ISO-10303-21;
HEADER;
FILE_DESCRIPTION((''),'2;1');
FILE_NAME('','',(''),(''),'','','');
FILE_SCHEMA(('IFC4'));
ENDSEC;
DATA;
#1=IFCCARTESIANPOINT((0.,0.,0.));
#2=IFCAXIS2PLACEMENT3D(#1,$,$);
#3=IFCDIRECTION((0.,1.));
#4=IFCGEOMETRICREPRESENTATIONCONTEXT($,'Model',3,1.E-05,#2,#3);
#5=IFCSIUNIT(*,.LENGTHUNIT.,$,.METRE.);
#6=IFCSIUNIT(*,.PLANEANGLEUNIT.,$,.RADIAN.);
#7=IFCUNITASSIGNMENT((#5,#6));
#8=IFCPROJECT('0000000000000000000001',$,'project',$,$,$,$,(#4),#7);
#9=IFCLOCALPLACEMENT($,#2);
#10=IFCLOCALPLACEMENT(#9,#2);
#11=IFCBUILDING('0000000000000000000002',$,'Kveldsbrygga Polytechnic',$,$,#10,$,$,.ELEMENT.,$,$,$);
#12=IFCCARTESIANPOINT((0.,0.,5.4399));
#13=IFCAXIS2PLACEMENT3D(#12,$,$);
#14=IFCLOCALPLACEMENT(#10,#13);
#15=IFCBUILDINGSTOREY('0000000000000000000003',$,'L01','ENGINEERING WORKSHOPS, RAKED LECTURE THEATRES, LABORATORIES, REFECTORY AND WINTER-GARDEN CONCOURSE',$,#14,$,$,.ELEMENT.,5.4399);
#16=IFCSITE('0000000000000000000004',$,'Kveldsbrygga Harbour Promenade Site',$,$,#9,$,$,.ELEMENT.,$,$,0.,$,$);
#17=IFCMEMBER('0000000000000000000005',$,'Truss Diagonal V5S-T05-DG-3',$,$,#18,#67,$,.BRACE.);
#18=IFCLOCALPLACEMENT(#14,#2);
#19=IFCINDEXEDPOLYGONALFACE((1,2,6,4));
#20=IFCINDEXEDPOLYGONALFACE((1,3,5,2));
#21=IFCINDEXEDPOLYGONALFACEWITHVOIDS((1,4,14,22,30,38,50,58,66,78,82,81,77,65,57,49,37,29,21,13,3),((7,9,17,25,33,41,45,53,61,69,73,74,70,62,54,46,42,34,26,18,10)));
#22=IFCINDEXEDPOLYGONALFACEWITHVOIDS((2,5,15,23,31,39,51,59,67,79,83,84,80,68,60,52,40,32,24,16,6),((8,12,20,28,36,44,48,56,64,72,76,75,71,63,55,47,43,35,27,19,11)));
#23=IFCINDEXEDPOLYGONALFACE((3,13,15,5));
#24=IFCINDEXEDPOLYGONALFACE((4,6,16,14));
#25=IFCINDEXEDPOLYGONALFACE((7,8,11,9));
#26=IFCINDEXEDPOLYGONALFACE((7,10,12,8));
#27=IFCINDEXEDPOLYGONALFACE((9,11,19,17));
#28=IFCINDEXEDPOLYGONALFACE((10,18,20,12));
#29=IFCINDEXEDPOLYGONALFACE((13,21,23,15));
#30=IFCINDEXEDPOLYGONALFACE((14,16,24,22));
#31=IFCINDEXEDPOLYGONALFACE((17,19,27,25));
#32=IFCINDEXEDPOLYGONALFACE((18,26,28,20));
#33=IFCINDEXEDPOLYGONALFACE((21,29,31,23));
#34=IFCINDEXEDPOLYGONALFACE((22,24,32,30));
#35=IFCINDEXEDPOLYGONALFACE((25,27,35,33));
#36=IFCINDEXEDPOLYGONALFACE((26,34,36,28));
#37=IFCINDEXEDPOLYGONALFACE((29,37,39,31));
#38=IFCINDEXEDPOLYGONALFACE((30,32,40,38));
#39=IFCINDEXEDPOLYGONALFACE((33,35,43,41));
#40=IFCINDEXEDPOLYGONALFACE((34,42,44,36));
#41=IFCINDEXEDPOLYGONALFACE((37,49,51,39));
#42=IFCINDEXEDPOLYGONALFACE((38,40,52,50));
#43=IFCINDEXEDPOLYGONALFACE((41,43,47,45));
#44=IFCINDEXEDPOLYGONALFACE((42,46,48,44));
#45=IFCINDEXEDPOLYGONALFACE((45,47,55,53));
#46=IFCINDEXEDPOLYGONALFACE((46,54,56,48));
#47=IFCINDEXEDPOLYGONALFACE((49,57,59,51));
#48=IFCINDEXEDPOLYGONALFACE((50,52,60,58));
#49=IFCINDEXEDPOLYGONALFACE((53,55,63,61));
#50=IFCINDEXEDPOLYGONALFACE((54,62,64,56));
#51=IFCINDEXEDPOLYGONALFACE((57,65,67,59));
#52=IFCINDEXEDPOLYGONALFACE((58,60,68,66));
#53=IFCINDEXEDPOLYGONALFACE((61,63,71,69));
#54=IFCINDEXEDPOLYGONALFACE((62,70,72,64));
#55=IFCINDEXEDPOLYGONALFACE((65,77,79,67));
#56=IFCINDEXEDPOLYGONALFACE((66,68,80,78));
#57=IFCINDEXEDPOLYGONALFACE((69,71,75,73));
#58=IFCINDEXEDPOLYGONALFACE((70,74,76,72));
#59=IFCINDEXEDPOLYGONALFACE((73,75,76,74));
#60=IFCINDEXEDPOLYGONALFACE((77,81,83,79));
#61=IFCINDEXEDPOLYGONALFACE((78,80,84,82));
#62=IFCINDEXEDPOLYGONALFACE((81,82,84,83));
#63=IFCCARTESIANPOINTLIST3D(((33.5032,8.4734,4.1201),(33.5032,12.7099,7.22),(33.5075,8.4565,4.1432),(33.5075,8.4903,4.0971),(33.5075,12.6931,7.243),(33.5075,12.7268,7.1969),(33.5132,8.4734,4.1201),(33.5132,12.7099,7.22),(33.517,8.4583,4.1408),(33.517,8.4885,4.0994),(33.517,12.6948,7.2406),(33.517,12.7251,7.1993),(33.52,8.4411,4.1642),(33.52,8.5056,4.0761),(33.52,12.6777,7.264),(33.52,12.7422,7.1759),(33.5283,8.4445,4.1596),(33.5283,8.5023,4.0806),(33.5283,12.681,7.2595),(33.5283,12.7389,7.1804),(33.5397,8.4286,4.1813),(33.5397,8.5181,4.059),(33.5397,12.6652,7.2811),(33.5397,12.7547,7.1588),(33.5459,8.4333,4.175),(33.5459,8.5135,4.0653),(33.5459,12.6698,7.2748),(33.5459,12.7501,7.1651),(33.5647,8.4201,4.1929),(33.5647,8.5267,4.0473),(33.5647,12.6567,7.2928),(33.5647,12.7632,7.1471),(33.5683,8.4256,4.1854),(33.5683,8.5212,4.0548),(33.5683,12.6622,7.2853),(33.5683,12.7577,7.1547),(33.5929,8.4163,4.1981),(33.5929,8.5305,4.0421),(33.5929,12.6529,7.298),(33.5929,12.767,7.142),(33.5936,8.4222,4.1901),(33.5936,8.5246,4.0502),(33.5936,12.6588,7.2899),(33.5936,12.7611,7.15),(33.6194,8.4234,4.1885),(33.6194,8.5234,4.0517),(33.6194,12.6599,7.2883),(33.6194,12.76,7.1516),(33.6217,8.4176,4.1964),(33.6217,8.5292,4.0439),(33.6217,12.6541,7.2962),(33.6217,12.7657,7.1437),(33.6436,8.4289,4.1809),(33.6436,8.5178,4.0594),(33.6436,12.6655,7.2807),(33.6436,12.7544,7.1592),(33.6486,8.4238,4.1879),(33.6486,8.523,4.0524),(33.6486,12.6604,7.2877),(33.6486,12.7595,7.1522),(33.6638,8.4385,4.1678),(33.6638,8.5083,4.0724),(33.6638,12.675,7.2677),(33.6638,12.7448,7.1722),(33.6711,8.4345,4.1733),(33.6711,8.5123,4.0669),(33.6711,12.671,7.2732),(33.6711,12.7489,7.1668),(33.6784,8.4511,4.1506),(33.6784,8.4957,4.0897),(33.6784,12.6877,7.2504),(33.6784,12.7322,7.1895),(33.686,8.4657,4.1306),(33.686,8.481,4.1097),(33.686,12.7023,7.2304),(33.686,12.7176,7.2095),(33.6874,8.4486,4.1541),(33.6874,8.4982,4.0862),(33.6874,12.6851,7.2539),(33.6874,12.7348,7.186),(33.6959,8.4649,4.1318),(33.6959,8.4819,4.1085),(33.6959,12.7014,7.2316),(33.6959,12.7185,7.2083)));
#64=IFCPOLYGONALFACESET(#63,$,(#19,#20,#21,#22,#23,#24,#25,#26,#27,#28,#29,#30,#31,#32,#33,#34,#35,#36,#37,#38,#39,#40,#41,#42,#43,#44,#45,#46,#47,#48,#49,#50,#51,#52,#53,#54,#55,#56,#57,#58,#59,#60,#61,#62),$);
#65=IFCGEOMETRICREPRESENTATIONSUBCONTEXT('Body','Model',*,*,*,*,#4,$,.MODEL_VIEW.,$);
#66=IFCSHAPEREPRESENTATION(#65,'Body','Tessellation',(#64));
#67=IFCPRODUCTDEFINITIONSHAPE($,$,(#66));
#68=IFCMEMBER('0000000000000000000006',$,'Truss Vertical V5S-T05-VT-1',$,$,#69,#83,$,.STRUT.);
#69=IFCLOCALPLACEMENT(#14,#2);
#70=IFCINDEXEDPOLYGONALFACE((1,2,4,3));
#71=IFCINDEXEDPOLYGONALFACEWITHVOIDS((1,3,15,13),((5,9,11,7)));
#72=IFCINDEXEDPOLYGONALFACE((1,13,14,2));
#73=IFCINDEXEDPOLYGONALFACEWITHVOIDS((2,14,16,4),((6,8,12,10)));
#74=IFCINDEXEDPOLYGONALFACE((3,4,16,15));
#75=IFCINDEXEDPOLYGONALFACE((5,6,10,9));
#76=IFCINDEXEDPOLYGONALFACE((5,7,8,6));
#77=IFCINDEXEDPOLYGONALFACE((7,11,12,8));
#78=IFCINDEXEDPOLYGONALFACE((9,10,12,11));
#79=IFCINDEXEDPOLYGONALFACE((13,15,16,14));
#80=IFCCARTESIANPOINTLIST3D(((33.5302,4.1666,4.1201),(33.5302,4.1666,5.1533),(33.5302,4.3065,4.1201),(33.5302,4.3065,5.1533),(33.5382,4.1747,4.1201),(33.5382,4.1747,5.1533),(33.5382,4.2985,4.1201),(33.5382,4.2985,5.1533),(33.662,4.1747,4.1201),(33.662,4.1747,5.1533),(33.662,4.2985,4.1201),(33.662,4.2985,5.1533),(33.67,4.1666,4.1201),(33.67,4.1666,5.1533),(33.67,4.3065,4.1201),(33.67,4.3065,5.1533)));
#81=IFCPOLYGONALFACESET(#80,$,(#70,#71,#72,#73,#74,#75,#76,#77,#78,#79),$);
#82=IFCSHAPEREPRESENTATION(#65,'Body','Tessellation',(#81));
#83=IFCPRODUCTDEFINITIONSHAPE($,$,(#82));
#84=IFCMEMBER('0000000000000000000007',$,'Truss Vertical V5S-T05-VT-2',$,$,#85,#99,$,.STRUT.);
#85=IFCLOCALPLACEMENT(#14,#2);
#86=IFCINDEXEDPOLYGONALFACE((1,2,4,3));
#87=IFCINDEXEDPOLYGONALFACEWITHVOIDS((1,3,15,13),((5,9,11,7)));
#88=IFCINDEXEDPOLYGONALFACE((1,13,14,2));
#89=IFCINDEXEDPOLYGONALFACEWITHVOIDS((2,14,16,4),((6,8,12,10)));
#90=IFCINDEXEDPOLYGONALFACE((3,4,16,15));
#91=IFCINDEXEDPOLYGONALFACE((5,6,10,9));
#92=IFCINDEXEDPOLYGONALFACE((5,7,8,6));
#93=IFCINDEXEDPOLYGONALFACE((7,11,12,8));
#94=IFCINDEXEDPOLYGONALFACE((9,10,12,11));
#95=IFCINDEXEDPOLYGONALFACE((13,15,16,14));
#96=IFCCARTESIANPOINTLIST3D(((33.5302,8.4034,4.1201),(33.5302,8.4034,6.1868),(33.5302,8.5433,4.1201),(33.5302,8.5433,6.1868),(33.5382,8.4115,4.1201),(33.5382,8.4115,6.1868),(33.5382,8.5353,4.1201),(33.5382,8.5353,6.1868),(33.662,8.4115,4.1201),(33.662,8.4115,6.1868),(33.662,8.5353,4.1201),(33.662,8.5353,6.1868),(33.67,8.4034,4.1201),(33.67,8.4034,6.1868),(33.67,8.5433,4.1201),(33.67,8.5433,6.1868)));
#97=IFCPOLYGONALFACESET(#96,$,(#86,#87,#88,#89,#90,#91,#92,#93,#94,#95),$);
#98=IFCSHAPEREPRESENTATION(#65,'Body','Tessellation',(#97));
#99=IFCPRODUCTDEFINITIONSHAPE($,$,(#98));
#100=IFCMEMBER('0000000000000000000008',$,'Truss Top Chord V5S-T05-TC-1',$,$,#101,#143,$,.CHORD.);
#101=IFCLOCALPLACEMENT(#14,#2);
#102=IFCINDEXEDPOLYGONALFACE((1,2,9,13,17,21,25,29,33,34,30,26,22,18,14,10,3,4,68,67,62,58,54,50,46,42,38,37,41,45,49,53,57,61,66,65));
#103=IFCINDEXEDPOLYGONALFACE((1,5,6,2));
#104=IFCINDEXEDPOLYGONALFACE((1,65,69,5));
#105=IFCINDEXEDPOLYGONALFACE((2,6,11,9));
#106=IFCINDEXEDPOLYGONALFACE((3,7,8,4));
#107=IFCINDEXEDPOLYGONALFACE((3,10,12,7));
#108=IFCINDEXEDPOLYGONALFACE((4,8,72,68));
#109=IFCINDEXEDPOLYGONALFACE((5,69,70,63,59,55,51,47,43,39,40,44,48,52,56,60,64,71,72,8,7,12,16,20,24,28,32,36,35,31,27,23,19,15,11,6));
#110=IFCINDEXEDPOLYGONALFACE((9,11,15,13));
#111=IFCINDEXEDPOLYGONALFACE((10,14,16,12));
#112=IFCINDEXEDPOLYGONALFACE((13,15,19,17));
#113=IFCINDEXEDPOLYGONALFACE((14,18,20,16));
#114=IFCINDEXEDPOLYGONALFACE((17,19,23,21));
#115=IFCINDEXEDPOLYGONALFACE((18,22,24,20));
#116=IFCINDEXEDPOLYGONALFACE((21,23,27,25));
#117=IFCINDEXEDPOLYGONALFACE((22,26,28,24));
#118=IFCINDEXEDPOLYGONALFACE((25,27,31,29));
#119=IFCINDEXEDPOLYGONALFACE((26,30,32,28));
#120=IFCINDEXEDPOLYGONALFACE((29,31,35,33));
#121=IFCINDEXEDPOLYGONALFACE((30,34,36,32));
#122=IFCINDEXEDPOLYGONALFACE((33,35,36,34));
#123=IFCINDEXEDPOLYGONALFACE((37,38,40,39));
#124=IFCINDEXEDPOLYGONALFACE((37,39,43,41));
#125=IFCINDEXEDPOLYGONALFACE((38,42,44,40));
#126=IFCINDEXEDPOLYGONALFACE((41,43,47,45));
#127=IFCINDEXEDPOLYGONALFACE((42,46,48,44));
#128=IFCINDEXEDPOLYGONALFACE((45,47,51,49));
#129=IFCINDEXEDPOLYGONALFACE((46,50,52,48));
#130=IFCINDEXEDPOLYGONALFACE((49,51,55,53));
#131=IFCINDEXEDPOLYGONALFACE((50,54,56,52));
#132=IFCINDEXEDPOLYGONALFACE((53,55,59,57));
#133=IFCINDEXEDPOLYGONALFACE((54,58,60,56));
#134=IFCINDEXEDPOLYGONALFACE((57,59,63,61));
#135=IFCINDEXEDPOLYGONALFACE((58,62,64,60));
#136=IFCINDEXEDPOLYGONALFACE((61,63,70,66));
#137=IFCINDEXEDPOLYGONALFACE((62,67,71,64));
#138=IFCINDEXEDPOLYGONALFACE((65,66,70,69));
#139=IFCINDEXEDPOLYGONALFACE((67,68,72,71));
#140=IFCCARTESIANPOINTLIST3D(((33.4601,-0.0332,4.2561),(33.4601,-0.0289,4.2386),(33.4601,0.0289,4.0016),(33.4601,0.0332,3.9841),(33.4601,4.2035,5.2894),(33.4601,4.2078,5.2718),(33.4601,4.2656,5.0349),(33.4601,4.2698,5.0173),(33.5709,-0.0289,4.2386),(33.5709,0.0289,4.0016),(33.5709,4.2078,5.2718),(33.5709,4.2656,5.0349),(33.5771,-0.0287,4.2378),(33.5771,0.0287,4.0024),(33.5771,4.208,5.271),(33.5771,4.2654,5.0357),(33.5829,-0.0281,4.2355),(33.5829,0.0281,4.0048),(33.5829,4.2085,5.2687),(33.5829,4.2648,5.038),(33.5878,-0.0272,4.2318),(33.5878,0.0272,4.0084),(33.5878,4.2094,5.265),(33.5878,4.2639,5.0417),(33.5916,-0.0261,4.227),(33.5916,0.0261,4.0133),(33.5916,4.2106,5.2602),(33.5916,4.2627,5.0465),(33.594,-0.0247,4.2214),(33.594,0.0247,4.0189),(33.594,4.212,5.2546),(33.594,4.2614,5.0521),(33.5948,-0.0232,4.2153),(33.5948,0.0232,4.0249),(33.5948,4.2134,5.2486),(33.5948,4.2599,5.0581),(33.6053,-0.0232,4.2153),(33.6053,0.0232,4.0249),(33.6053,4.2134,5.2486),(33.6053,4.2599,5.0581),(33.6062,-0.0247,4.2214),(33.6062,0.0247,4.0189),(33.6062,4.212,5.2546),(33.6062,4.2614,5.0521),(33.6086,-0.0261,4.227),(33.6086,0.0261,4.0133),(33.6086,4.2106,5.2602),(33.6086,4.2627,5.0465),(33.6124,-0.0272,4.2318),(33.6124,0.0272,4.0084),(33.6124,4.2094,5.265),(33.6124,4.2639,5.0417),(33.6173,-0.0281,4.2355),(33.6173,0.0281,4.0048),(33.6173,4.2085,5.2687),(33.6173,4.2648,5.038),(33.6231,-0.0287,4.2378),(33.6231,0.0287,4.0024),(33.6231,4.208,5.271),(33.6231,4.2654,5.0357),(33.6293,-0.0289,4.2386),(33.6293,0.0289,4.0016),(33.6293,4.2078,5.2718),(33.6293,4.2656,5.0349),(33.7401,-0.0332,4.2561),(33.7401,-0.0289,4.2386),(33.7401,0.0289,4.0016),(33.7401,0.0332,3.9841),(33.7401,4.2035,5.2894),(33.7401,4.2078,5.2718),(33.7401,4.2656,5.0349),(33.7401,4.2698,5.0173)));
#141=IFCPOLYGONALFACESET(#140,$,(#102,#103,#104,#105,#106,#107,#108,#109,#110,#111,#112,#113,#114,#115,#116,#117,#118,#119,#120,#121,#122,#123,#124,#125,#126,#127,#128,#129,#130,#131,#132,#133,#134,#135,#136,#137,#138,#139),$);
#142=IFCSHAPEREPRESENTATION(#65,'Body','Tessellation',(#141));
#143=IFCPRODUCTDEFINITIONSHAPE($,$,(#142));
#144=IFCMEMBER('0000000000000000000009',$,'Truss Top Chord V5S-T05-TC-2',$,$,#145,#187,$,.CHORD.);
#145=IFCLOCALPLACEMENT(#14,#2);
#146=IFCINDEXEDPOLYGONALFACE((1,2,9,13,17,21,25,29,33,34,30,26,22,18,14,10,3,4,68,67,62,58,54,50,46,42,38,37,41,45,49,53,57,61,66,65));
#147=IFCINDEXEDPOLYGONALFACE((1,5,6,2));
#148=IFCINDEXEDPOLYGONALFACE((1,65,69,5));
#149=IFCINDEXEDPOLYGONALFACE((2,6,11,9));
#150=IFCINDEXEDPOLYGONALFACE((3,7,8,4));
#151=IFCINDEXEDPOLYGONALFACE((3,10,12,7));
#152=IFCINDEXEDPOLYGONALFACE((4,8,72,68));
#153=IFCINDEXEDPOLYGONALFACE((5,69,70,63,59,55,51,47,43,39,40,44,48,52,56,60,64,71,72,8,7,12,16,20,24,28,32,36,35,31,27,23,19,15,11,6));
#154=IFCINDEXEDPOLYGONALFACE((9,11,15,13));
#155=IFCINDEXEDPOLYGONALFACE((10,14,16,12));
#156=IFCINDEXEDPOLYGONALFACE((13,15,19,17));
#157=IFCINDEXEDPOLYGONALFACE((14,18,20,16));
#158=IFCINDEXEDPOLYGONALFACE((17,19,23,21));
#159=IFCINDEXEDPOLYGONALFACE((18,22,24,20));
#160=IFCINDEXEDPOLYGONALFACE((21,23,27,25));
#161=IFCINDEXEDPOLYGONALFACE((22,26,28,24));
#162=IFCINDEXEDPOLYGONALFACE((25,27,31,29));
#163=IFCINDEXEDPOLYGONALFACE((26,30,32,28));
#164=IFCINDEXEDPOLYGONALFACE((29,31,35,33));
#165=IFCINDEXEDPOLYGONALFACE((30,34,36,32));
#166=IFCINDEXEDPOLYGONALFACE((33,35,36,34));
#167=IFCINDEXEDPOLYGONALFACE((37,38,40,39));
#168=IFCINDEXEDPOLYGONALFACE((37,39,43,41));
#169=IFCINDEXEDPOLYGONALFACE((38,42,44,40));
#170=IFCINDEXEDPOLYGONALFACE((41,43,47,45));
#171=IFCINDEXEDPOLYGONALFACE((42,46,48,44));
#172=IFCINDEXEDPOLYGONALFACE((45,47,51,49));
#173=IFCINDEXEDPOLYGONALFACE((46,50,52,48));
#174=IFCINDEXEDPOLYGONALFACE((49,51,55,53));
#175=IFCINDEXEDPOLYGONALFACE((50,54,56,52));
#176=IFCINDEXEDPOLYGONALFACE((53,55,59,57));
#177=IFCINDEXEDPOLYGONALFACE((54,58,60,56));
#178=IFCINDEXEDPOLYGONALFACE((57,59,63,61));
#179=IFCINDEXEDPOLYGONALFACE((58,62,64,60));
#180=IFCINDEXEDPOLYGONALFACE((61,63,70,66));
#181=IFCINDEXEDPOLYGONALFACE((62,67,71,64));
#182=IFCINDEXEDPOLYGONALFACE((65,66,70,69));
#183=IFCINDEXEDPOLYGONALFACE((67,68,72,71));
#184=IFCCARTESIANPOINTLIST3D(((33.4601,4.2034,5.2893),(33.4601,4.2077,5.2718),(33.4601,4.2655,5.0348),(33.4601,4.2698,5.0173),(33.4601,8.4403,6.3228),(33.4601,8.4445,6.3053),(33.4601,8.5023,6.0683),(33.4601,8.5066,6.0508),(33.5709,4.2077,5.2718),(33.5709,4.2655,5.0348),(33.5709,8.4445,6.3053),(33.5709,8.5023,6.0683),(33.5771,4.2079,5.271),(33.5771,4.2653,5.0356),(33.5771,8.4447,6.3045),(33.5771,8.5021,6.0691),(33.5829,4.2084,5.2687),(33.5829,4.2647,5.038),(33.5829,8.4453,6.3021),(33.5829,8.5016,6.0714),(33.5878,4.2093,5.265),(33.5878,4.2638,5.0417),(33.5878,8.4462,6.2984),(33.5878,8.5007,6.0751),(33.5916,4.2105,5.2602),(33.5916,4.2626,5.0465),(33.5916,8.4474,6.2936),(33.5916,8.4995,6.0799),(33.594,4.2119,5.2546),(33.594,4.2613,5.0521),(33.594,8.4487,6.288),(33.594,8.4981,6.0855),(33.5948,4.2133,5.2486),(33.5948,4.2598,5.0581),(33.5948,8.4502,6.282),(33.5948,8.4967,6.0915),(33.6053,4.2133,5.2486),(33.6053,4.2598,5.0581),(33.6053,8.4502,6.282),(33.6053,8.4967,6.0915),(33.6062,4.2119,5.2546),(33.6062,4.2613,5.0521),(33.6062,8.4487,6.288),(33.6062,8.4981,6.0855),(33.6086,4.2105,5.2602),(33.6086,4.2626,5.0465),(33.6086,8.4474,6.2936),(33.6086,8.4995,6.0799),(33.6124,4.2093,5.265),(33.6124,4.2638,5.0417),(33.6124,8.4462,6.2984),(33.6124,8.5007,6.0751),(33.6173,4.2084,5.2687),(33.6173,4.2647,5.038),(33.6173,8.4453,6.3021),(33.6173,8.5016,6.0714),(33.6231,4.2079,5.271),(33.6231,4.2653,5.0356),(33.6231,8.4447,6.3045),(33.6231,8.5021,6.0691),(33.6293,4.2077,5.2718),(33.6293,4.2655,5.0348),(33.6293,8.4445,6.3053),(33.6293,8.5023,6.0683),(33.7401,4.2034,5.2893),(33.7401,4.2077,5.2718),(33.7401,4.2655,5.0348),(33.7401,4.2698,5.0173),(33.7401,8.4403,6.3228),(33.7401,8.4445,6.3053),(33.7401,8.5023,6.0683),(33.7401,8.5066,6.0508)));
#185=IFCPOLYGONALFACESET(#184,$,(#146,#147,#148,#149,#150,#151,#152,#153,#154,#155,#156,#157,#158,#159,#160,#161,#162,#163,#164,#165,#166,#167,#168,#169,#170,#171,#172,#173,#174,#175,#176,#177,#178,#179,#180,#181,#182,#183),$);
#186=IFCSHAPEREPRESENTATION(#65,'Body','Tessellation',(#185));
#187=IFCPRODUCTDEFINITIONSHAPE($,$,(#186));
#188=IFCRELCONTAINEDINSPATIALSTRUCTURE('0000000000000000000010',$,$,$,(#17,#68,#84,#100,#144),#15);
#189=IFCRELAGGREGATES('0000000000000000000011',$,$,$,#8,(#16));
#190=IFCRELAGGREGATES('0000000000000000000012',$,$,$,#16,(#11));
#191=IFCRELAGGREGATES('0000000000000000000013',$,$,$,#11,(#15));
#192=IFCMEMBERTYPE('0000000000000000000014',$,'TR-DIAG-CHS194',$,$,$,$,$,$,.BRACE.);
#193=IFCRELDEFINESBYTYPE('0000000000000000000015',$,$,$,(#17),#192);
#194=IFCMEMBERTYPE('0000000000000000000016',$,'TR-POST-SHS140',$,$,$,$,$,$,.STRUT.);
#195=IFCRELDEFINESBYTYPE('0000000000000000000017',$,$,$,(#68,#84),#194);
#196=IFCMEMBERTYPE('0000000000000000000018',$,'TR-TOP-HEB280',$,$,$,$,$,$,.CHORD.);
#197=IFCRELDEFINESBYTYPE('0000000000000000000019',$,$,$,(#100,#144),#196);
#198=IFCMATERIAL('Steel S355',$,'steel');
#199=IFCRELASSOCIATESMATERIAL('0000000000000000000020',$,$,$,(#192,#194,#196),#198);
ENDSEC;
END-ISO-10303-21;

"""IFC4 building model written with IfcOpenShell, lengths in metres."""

from ifc_helpers import new_model, si_unit, direction, frame, origin, origin_2d, place, context, subcontext, project, spatial, hollow_rectangle, hollow_circle, i_section, extrude, material, material_profile, profile_set, type_object, element, save


model = new_model("IFC4")

# Units and contexts
model_context = context("Model", 3, precision=1e-05, world=origin(), true_north=direction((0.0, 1.0)))
body_context = subcontext(model_context, "Body", "Model", "MODEL_VIEW")
ifc_project = project(units=[si_unit("LENGTHUNIT", "METRE"), si_unit("PLANEANGLEUNIT", "RADIAN")], contexts=[model_context])

# Site, building, storey
site_placement = place(None, origin())
site = spatial("IfcSite", under=ifc_project, at=site_placement, Name="Kveldsbrygga Harbour Promenade Site", CompositionType="ELEMENT", RefElevation=0.0)
building_placement = place(site_placement, origin())
building = spatial("IfcBuilding", under=site, at=building_placement, Name="Kveldsbrygga Polytechnic", CompositionType="ELEMENT")
storey_placement = place(building_placement, frame((0.0, 0.0, 5.4399)))
storey = spatial("IfcBuildingStorey", under=building, at=storey_placement, Name="L01", Description="ENGINEERING WORKSHOPS, RAKED LECTURE THEATRES, LABORATORIES, REFECTORY AND WINTER-GARDEN CONCOURSE", CompositionType="ELEMENT", Elevation=5.4399)

# Members
ifc_material_1 = material(Name="Steel S355", Category="steel")
ifc_material_profile_1 = material_profile(ifc_material_1, hollow_circle(Radius=0.0969, WallThickness=0.01, at=origin_2d()), Name="CHS 193.7x10.0")
ifc_profile_set_1 = profile_set([ifc_material_profile_1], Name="Steel S355")
member_type_1 = type_object("IfcMemberType", Name="TR-DIAG-CHS194", PredefinedType="BRACE", material=ifc_profile_set_1)
member_1_placement = place(storey_placement, frame((33.6001, 8.4734, 4.1201), z_axis=(0.0, 0.807037, 0.5905), x_axis=(-1.0, 0.0, 0.0)))
element("IfcMember", 1, at=member_1_placement, inside=storey, type_object=member_type_1, Name="Truss Diagonal V5S-T05-DG-3", PredefinedType="BRACE", context=body_context, shape_type="SweptSolid", body=[
    extrude(hollow_circle(Radius=0.0969, WallThickness=0.01, at=origin_2d()), origin(), (0.0, 0.0, 1.0), 5.2495),
])
ifc_material_profile_2 = material_profile(ifc_material_1, hollow_rectangle(XDim=0.1399, YDim=0.1399, WallThickness=0.0081, at=origin_2d()), Name="SHS 140x140x8.0")
ifc_profile_set_2 = profile_set([ifc_material_profile_2], Name="Steel S355")
member_type_2 = type_object("IfcMemberType", Name="TR-POST-SHS140", PredefinedType="STRUT", material=ifc_profile_set_2)
member_2_placement = place(storey_placement, frame((33.6001, 4.2366, 4.1201), z_axis=(0.0, 0.0, 1.0), x_axis=(1.0, 0.0, 0.0)))
element("IfcMember", 2, at=member_2_placement, inside=storey, type_object=member_type_2, Name="Truss Vertical V5S-T05-VT-1", PredefinedType="STRUT", context=body_context, shape_type="SweptSolid", body=[
    extrude(hollow_rectangle(XDim=0.1399, YDim=0.1399, WallThickness=0.0081, at=origin_2d()), origin(), (0.0, 0.0, 1.0), 1.0332),
])
member_3_placement = place(storey_placement, frame((33.6001, 8.4734, 4.1201), z_axis=(0.0, 0.0, 1.0), x_axis=(1.0, 0.0, 0.0)))
element("IfcMember", 3, at=member_3_placement, inside=storey, type_object=member_type_2, Name="Truss Vertical V5S-T05-VT-2", PredefinedType="STRUT", context=body_context, shape_type="SweptSolid", body=[
    extrude(hollow_rectangle(XDim=0.1399, YDim=0.1399, WallThickness=0.0081, at=origin_2d()), origin(), (0.0, 0.0, 1.0), 2.0667),
])
ifc_material_profile_3 = material_profile(ifc_material_1, i_section(OverallWidth=0.28, OverallDepth=0.28, WebThickness=0.0105, FlangeThickness=0.0181, FilletRadius=0.0239, at=origin_2d()), Name="HEB 280")
ifc_profile_set_3 = profile_set([ifc_material_profile_3], Name="Steel S355")
member_type_3 = type_object("IfcMemberType", Name="TR-TOP-HEB280", PredefinedType="CHORD", material=ifc_profile_set_3)
member_4_placement = place(storey_placement, frame((33.6001, 0.0, 4.1201), z_axis=(0.0, 0.971526, 0.236933), x_axis=(-1.0, 0.0, 0.0)))
element("IfcMember", 4, at=member_4_placement, inside=storey, type_object=member_type_3, Name="Truss Top Chord V5S-T05-TC-1", PredefinedType="CHORD", context=body_context, shape_type="SweptSolid", body=[
    extrude(i_section(OverallWidth=0.28, OverallDepth=0.28, WebThickness=0.0105, FlangeThickness=0.0181, FilletRadius=0.0239, at=origin_2d()), origin(), (0.0, 0.0, 1.0), 4.3608),
])
member_5_placement = place(storey_placement, frame((33.6001, 4.2366, 5.1533), z_axis=(0.0, 0.971516, 0.236973), x_axis=(-1.0, 0.0, 0.0)))
element("IfcMember", 5, at=member_5_placement, inside=storey, type_object=member_type_3, Name="Truss Top Chord V5S-T05-TC-2", PredefinedType="CHORD", context=body_context, shape_type="SweptSolid", body=[
    extrude(i_section(OverallWidth=0.28, OverallDepth=0.28, WebThickness=0.0105, FlangeThickness=0.0181, FilletRadius=0.0239, at=origin_2d()), origin(), (0.0, 0.0, 1.0), 4.3611),
])

save(model, "model.ifc")
